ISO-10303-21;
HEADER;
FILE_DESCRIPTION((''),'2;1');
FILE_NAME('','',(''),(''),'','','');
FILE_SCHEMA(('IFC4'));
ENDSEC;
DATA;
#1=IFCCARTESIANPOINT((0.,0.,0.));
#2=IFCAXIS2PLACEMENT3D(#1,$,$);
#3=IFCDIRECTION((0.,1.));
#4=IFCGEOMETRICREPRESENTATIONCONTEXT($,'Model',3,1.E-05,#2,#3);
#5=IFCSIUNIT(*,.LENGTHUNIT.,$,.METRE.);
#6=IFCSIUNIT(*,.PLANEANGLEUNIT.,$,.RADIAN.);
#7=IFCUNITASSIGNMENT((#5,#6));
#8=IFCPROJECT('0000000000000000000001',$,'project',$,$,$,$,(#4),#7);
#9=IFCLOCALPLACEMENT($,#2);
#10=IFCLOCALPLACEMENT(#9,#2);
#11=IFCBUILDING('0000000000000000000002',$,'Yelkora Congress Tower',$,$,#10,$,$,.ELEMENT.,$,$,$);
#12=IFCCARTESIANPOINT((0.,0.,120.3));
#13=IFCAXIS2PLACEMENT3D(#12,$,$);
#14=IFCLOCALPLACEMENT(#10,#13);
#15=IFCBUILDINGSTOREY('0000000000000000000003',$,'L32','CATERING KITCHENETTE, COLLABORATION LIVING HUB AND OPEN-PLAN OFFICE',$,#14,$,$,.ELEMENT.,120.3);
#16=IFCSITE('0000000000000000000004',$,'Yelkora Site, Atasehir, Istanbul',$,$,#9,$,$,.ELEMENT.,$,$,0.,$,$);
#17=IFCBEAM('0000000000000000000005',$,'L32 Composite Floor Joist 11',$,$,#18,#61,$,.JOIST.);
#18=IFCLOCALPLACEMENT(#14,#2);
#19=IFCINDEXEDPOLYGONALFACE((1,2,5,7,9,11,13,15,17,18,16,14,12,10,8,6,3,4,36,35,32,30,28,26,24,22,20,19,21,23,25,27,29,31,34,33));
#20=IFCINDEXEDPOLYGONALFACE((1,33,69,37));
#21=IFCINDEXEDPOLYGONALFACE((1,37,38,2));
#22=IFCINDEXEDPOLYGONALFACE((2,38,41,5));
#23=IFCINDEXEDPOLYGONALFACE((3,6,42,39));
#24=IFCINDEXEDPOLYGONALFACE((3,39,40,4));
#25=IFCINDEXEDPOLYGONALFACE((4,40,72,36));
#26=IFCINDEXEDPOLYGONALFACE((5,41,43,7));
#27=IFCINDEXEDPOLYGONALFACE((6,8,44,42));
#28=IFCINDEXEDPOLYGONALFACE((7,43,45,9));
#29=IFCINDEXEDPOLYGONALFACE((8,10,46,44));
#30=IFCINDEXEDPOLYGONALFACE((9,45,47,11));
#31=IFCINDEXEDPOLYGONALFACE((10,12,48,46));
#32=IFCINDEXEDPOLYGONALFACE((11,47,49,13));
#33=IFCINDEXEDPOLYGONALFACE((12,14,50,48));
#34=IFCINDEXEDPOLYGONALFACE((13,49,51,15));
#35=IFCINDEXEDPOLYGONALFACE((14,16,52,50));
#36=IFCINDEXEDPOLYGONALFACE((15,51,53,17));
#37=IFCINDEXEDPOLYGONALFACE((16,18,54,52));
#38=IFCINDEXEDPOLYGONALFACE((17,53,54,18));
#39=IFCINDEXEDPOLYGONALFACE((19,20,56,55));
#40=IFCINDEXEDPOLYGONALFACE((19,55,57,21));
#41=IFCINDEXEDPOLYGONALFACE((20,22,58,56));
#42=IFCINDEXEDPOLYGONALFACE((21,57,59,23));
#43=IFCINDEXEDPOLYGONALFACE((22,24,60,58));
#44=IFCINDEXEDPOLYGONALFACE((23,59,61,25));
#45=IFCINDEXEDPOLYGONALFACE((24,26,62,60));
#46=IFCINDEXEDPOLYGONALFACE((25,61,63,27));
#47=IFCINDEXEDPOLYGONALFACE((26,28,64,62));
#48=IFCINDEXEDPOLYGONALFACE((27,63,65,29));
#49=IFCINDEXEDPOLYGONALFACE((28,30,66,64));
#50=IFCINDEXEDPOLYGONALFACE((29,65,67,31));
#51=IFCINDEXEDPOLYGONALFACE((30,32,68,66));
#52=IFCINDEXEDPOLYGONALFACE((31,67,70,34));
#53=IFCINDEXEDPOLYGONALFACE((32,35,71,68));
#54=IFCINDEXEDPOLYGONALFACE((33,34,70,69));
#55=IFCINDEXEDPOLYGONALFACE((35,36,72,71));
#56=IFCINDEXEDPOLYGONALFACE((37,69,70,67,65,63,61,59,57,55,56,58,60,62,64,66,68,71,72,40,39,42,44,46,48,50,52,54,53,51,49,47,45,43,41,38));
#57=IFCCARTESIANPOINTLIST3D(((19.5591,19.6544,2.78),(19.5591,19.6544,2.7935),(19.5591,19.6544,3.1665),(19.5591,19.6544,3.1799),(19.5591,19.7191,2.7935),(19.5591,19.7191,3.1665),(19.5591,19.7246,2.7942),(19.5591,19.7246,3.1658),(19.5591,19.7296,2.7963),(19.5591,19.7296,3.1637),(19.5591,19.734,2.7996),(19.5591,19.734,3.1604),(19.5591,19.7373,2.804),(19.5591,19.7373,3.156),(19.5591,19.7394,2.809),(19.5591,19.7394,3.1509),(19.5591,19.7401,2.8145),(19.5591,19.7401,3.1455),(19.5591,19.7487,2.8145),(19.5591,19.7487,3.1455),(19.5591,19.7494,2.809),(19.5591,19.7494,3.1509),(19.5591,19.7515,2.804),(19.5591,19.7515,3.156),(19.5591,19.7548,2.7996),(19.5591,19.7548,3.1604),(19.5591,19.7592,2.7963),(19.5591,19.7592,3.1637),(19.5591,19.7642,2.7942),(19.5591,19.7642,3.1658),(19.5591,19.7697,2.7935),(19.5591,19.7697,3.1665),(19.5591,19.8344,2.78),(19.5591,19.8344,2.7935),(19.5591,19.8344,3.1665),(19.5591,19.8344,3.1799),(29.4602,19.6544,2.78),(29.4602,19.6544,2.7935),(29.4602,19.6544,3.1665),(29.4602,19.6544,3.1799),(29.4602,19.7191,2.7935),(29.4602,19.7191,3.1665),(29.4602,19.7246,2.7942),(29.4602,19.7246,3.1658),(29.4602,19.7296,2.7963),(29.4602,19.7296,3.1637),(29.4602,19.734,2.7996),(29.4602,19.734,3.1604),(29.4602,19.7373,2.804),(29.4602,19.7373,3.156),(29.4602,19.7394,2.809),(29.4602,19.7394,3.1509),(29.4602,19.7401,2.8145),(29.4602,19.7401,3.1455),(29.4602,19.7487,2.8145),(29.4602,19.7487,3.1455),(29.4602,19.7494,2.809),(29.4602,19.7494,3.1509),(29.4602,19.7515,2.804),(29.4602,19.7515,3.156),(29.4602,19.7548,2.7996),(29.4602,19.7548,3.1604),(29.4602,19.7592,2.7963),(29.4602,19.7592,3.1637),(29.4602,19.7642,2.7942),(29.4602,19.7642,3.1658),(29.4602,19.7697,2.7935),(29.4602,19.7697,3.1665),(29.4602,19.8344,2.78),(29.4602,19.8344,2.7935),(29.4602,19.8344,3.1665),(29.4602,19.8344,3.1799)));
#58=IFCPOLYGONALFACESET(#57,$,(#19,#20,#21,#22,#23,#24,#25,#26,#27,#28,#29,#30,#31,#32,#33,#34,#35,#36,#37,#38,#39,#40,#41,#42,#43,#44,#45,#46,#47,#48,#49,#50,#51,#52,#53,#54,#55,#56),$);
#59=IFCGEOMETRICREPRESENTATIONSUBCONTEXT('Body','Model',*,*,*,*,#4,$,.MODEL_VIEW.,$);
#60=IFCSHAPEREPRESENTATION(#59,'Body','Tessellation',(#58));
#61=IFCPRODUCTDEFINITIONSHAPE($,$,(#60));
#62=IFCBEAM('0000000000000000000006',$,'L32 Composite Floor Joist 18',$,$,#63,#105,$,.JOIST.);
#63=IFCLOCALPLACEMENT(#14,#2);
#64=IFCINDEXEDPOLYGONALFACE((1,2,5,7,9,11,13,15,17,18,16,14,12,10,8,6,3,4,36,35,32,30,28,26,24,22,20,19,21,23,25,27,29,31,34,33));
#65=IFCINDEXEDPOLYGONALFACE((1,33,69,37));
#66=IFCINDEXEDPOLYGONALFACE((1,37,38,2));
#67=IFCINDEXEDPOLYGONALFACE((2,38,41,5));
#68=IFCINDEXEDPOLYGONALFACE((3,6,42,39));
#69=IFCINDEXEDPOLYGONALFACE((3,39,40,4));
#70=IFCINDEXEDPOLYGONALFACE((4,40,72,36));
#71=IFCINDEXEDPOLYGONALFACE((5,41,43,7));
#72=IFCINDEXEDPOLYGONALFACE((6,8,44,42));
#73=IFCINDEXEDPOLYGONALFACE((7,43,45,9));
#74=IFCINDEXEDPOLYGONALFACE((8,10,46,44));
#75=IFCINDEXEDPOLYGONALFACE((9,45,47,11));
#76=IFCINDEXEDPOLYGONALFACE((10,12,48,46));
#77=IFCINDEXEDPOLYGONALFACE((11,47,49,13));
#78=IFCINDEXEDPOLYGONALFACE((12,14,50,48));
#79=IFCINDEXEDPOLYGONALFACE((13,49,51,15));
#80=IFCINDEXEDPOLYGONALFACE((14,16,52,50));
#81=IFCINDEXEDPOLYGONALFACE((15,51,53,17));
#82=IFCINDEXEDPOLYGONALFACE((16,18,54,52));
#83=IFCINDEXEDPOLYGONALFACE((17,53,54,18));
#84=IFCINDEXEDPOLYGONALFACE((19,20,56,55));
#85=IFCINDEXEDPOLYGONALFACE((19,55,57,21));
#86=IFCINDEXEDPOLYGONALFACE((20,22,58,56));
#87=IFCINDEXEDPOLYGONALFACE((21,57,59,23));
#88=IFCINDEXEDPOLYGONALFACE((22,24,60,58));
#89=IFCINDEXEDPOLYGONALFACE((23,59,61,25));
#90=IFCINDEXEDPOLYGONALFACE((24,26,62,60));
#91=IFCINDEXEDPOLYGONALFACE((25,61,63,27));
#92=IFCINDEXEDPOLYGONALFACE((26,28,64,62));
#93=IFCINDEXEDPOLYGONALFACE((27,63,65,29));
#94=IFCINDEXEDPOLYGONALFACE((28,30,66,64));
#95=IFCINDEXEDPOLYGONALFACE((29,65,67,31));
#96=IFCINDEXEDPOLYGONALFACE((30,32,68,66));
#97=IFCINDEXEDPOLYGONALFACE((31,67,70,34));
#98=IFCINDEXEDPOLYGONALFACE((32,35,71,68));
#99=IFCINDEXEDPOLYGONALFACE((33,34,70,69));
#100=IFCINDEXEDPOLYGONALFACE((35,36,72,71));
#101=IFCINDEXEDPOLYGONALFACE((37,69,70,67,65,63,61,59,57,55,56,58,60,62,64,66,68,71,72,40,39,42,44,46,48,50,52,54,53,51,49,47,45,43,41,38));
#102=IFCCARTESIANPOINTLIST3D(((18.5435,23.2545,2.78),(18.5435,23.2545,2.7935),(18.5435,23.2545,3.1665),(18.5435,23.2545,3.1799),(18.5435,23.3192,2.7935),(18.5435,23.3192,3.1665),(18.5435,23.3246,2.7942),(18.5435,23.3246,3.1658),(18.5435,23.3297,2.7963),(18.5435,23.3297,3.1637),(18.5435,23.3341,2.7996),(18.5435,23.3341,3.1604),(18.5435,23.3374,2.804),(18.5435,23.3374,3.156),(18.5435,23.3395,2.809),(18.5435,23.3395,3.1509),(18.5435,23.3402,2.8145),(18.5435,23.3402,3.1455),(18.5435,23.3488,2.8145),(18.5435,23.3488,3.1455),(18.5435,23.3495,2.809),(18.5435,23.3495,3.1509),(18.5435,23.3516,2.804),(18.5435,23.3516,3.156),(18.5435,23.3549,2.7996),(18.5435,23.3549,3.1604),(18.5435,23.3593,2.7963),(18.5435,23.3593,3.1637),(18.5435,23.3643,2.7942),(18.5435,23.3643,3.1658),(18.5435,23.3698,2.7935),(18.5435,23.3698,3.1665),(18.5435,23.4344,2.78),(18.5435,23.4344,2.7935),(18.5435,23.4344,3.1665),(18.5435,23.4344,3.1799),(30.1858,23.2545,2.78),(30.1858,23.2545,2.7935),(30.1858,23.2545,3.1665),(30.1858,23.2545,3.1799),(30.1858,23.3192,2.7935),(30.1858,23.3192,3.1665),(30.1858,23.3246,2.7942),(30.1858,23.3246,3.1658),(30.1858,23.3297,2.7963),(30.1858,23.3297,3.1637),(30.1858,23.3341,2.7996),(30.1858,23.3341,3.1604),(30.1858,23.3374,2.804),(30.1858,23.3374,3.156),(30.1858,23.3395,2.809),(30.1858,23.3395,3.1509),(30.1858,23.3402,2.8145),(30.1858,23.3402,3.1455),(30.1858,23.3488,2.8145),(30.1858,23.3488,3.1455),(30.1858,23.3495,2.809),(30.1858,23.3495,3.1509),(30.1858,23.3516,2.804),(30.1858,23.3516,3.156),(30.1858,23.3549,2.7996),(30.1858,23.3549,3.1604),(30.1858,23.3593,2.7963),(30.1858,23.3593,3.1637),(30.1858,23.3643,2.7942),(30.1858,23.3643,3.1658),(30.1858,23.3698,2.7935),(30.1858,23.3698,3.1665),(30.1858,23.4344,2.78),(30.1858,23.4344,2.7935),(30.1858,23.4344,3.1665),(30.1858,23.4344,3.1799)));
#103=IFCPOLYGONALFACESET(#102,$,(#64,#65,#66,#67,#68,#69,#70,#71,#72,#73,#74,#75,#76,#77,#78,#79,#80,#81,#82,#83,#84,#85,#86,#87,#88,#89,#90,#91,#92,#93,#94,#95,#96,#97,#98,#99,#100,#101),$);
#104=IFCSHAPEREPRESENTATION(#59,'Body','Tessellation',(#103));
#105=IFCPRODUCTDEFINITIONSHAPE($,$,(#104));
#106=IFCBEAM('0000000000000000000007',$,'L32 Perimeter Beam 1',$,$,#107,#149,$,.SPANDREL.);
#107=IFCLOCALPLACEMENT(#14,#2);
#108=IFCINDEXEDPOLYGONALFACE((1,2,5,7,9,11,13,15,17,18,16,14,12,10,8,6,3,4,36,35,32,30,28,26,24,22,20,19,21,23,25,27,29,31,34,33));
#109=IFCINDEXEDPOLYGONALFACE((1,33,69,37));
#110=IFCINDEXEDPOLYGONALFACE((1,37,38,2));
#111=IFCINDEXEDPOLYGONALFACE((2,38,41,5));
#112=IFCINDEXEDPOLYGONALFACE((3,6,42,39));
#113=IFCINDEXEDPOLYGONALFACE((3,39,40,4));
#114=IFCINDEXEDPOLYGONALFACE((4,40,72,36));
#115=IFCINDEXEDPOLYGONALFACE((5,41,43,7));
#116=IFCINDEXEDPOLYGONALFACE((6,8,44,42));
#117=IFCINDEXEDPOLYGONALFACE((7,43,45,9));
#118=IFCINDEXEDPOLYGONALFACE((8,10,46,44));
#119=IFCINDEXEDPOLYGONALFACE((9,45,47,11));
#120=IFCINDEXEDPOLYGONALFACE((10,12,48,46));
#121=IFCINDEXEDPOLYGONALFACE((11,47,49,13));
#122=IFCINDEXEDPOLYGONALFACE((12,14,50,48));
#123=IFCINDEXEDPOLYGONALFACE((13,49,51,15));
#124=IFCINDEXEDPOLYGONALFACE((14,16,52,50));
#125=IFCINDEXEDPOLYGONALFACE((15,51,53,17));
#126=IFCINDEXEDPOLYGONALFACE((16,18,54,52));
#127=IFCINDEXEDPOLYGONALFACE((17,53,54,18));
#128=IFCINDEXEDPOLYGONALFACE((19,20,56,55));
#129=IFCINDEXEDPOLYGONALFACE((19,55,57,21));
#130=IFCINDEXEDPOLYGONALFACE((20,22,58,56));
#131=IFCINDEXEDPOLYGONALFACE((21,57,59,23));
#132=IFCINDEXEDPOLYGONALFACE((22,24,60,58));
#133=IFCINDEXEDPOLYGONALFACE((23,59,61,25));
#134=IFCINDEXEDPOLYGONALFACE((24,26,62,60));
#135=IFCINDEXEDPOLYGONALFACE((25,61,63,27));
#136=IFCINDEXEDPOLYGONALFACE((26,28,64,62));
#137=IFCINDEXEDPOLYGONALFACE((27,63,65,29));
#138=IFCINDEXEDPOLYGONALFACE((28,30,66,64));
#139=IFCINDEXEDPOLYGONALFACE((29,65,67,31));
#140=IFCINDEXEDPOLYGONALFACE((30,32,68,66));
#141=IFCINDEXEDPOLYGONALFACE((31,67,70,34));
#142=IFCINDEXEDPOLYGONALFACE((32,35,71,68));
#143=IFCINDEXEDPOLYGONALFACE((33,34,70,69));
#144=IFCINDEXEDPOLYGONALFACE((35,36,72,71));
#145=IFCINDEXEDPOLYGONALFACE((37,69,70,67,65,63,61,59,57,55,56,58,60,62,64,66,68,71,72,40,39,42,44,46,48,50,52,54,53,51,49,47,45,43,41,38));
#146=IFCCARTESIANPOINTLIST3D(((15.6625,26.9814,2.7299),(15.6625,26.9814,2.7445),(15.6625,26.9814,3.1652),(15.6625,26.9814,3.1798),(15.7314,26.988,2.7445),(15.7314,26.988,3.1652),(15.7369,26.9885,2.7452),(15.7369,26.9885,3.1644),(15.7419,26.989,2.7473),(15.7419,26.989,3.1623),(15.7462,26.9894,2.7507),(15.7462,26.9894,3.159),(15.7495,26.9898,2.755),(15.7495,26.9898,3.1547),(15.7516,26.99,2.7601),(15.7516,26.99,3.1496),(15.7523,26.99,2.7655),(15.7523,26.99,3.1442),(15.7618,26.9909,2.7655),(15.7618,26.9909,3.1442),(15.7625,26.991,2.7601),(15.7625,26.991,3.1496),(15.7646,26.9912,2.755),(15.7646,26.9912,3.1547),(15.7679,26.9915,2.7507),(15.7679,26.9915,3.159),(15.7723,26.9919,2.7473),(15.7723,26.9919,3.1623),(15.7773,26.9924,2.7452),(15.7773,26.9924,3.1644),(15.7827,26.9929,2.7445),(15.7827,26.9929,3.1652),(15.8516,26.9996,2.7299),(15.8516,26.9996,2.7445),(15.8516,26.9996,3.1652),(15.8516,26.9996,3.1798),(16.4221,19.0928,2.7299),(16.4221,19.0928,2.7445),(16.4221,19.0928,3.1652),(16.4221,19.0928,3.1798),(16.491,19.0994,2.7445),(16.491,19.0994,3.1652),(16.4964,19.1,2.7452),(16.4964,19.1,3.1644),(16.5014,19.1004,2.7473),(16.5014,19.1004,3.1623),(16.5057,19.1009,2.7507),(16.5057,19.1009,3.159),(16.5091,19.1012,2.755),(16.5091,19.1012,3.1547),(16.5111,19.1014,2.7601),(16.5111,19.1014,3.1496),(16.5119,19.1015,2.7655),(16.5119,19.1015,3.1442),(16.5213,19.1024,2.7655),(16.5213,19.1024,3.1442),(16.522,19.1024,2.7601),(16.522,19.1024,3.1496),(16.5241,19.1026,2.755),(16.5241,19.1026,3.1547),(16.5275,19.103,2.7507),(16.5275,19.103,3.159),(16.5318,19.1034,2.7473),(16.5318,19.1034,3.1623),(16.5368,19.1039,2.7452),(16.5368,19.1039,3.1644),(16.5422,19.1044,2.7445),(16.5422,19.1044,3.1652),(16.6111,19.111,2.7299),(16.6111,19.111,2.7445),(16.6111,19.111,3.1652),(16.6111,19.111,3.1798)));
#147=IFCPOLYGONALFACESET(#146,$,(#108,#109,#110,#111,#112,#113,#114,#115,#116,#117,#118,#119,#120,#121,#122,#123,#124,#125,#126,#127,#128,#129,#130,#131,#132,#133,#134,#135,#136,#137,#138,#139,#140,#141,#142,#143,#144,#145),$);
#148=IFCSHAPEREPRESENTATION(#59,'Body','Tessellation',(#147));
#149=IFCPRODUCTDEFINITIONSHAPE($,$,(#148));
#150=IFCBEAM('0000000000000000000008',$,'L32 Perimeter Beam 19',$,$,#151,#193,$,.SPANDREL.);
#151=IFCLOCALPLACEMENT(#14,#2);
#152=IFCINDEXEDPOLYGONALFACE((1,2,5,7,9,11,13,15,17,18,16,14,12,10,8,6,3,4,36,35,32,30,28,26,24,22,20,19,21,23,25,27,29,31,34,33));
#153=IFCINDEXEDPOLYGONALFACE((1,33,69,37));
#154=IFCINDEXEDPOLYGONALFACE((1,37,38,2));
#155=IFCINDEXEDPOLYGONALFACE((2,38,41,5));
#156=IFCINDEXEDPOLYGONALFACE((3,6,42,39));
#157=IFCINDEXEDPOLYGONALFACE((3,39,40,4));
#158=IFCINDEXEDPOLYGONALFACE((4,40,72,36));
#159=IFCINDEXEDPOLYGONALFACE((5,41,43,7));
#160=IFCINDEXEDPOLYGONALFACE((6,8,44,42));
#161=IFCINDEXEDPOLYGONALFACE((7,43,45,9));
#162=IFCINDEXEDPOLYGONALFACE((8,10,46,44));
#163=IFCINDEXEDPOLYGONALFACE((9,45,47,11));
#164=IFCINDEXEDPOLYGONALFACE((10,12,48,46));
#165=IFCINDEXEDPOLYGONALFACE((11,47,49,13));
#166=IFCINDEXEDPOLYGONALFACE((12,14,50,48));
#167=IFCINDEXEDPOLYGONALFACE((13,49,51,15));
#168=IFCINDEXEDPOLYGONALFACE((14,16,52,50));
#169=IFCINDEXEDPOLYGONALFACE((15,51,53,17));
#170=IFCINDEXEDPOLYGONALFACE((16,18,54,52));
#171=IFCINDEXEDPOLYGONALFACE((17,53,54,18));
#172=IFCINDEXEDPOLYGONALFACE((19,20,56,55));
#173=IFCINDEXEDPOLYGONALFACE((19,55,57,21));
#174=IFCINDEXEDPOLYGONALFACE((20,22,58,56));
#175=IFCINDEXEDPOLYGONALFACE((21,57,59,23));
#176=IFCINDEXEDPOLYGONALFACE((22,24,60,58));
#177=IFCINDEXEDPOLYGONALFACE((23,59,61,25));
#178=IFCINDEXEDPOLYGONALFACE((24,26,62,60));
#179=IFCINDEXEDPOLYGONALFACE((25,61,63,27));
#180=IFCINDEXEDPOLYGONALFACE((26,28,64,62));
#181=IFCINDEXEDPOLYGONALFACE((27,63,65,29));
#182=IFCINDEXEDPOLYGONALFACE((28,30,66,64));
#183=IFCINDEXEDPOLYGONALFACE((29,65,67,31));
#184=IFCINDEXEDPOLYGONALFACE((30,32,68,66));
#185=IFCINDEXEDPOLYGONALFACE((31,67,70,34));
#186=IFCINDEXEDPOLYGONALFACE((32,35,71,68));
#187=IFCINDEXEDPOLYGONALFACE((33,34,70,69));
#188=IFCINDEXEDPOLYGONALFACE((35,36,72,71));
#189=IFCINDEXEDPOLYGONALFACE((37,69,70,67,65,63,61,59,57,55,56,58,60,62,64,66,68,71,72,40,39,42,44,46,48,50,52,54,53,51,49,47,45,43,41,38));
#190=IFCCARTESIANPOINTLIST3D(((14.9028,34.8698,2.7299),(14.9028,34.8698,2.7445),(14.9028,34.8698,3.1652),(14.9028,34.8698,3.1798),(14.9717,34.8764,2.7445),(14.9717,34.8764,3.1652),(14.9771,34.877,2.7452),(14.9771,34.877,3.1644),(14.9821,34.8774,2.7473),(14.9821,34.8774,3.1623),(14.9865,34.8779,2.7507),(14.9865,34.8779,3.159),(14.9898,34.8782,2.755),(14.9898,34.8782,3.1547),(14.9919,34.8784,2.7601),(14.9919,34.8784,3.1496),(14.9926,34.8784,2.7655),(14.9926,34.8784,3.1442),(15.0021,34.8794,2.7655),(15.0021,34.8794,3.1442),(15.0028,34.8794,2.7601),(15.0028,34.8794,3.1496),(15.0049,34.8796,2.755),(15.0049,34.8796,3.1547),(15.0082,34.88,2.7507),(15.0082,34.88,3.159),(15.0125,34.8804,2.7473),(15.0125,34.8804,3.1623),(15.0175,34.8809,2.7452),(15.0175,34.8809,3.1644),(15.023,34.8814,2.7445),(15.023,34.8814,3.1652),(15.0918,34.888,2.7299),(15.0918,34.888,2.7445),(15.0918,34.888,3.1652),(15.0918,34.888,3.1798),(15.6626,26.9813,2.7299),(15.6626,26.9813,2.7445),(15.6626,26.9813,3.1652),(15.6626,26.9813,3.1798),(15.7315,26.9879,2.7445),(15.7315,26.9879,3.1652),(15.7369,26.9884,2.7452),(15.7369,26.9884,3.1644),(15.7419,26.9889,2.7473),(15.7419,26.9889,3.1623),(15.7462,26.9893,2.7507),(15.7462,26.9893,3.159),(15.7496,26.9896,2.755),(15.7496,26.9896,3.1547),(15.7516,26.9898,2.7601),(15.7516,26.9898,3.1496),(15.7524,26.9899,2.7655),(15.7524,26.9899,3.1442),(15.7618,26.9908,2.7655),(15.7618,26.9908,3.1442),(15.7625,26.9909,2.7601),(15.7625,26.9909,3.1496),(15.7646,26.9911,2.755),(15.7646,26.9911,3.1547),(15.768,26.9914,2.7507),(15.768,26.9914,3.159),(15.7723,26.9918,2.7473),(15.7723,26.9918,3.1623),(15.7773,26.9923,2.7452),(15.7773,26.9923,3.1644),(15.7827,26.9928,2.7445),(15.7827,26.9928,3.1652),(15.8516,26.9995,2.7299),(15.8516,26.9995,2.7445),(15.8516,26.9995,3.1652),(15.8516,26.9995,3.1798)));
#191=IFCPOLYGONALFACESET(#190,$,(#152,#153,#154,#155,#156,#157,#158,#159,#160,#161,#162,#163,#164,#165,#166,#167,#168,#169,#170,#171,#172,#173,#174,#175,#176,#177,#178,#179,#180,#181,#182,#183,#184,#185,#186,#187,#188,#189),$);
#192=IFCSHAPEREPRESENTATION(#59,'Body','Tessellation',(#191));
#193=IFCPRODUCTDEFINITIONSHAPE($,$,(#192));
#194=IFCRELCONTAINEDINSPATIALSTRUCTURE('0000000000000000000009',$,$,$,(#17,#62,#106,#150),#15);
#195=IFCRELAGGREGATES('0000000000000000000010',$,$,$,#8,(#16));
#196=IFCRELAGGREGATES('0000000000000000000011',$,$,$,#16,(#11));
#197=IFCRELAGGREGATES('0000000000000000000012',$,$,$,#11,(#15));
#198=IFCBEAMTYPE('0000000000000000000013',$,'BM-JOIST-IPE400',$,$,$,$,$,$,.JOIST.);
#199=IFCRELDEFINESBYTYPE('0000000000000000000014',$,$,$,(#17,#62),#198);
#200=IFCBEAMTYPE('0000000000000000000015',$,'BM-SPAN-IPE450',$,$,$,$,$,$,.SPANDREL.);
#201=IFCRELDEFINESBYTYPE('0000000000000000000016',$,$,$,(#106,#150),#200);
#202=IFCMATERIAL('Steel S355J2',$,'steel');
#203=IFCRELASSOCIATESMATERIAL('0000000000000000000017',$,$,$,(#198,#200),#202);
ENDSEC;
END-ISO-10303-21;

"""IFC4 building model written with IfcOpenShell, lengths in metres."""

from ifc_helpers import new_model, si_unit, direction, frame, origin, origin_2d, place, context, subcontext, project, spatial, i_section, extrude, material, material_profile, profile_set, type_object, element, save


model = new_model("IFC4")

# Units and contexts
model_context = context("Model", 3, precision=1e-05, world=origin(), true_north=direction((0.0, 1.0)))
body_context = subcontext(model_context, "Body", "Model", "MODEL_VIEW")
ifc_project = project(units=[si_unit("LENGTHUNIT", "METRE"), si_unit("PLANEANGLEUNIT", "RADIAN")], contexts=[model_context])

# Site, building, storey
site_placement = place(None, origin())
site = spatial("IfcSite", under=ifc_project, at=site_placement, Name="Yelkora Site, Atasehir, Istanbul", CompositionType="ELEMENT", RefElevation=0.0)
building_placement = place(site_placement, origin())
building = spatial("IfcBuilding", under=site, at=building_placement, Name="Yelkora Congress Tower", CompositionType="ELEMENT")
storey_placement = place(building_placement, frame((0.0, 0.0, 120.3)))
storey = spatial("IfcBuildingStorey", under=building, at=storey_placement, Name="L32", Description="CATERING KITCHENETTE, COLLABORATION LIVING HUB AND OPEN-PLAN OFFICE", CompositionType="ELEMENT", Elevation=120.3)

# Beams
ifc_material_1 = material(Name="Steel S355J2", Category="steel")
ifc_material_profile_1 = material_profile(ifc_material_1, i_section(OverallWidth=0.1799, OverallDepth=0.3999, WebThickness=0.0085, FlangeThickness=0.0134, FilletRadius=0.021, at=origin_2d()), Name="IPE 400")
ifc_profile_set_1 = profile_set([ifc_material_profile_1], Name="Steel S355J2")
beam_type_1 = type_object("IfcBeamType", Name="BM-JOIST-IPE400", PredefinedType="JOIST", material=ifc_profile_set_1)
beam_1_placement = place(storey_placement, frame((19.5591, 19.7444, 2.98), z_axis=(1.0, 0.0, 0.0), x_axis=(0.0, 1.0, 0.0)))
element("IfcBeam", 1, at=beam_1_placement, inside=storey, type_object=beam_type_1, Name="L32 Composite Floor Joist 11", PredefinedType="JOIST", context=body_context, shape_type="SweptSolid", body=[
    extrude(i_section(OverallWidth=0.1799, OverallDepth=0.3999, WebThickness=0.0085, FlangeThickness=0.0134, FilletRadius=0.021, at=origin_2d()), origin(), (0.0, 0.0, 1.0), 9.9011),
])
beam_2_placement = place(storey_placement, frame((18.5435, 23.3445, 2.98), z_axis=(1.0, 0.0, 0.0), x_axis=(0.0, 1.0, 0.0)))
element("IfcBeam", 2, at=beam_2_placement, inside=storey, type_object=beam_type_1, Name="L32 Composite Floor Joist 18", PredefinedType="JOIST", context=body_context, shape_type="SweptSolid", body=[
    extrude(i_section(OverallWidth=0.1799, OverallDepth=0.3999, WebThickness=0.0085, FlangeThickness=0.0134, FilletRadius=0.021, at=origin_2d()), origin(), (0.0, 0.0, 1.0), 11.6423),
])
ifc_material_profile_2 = material_profile(ifc_material_1, i_section(OverallWidth=0.1899, OverallDepth=0.45, WebThickness=0.0095, FlangeThickness=0.0146, FilletRadius=0.021, at=origin_2d()), Name="IPE 450")
ifc_profile_set_2 = profile_set([ifc_material_profile_2], Name="Steel S355J2")
beam_type_2 = type_object("IfcBeamType", Name="BM-SPAN-IPE450", PredefinedType="SPANDREL", material=ifc_profile_set_2)
for number, where, z_axis, x_axis, name in (
    (3, (15.7571, 26.9905, 2.9548), (0.095837, -0.995397, 0.0), (0.995397, 0.095837, 0.0), "L32 Perimeter Beam 1"),
    (4, (14.9973, 34.8789, 2.9548), (0.09587, -0.995394, 0.0), (0.995394, 0.09587, 0.0), "L32 Perimeter Beam 19"),
):
    element("IfcBeam", number, at=place(storey_placement, frame(where, z_axis=z_axis, x_axis=x_axis)), inside=storey, type_object=beam_type_2, Name=name, PredefinedType="SPANDREL", context=body_context, shape_type="SweptSolid", body=[
        extrude(i_section(OverallWidth=0.1899, OverallDepth=0.45, WebThickness=0.0095, FlangeThickness=0.0146, FilletRadius=0.021, at=origin_2d()), origin(), (0.0, 0.0, 1.0), 7.925),
    ])

save(model, "model.ifc")
